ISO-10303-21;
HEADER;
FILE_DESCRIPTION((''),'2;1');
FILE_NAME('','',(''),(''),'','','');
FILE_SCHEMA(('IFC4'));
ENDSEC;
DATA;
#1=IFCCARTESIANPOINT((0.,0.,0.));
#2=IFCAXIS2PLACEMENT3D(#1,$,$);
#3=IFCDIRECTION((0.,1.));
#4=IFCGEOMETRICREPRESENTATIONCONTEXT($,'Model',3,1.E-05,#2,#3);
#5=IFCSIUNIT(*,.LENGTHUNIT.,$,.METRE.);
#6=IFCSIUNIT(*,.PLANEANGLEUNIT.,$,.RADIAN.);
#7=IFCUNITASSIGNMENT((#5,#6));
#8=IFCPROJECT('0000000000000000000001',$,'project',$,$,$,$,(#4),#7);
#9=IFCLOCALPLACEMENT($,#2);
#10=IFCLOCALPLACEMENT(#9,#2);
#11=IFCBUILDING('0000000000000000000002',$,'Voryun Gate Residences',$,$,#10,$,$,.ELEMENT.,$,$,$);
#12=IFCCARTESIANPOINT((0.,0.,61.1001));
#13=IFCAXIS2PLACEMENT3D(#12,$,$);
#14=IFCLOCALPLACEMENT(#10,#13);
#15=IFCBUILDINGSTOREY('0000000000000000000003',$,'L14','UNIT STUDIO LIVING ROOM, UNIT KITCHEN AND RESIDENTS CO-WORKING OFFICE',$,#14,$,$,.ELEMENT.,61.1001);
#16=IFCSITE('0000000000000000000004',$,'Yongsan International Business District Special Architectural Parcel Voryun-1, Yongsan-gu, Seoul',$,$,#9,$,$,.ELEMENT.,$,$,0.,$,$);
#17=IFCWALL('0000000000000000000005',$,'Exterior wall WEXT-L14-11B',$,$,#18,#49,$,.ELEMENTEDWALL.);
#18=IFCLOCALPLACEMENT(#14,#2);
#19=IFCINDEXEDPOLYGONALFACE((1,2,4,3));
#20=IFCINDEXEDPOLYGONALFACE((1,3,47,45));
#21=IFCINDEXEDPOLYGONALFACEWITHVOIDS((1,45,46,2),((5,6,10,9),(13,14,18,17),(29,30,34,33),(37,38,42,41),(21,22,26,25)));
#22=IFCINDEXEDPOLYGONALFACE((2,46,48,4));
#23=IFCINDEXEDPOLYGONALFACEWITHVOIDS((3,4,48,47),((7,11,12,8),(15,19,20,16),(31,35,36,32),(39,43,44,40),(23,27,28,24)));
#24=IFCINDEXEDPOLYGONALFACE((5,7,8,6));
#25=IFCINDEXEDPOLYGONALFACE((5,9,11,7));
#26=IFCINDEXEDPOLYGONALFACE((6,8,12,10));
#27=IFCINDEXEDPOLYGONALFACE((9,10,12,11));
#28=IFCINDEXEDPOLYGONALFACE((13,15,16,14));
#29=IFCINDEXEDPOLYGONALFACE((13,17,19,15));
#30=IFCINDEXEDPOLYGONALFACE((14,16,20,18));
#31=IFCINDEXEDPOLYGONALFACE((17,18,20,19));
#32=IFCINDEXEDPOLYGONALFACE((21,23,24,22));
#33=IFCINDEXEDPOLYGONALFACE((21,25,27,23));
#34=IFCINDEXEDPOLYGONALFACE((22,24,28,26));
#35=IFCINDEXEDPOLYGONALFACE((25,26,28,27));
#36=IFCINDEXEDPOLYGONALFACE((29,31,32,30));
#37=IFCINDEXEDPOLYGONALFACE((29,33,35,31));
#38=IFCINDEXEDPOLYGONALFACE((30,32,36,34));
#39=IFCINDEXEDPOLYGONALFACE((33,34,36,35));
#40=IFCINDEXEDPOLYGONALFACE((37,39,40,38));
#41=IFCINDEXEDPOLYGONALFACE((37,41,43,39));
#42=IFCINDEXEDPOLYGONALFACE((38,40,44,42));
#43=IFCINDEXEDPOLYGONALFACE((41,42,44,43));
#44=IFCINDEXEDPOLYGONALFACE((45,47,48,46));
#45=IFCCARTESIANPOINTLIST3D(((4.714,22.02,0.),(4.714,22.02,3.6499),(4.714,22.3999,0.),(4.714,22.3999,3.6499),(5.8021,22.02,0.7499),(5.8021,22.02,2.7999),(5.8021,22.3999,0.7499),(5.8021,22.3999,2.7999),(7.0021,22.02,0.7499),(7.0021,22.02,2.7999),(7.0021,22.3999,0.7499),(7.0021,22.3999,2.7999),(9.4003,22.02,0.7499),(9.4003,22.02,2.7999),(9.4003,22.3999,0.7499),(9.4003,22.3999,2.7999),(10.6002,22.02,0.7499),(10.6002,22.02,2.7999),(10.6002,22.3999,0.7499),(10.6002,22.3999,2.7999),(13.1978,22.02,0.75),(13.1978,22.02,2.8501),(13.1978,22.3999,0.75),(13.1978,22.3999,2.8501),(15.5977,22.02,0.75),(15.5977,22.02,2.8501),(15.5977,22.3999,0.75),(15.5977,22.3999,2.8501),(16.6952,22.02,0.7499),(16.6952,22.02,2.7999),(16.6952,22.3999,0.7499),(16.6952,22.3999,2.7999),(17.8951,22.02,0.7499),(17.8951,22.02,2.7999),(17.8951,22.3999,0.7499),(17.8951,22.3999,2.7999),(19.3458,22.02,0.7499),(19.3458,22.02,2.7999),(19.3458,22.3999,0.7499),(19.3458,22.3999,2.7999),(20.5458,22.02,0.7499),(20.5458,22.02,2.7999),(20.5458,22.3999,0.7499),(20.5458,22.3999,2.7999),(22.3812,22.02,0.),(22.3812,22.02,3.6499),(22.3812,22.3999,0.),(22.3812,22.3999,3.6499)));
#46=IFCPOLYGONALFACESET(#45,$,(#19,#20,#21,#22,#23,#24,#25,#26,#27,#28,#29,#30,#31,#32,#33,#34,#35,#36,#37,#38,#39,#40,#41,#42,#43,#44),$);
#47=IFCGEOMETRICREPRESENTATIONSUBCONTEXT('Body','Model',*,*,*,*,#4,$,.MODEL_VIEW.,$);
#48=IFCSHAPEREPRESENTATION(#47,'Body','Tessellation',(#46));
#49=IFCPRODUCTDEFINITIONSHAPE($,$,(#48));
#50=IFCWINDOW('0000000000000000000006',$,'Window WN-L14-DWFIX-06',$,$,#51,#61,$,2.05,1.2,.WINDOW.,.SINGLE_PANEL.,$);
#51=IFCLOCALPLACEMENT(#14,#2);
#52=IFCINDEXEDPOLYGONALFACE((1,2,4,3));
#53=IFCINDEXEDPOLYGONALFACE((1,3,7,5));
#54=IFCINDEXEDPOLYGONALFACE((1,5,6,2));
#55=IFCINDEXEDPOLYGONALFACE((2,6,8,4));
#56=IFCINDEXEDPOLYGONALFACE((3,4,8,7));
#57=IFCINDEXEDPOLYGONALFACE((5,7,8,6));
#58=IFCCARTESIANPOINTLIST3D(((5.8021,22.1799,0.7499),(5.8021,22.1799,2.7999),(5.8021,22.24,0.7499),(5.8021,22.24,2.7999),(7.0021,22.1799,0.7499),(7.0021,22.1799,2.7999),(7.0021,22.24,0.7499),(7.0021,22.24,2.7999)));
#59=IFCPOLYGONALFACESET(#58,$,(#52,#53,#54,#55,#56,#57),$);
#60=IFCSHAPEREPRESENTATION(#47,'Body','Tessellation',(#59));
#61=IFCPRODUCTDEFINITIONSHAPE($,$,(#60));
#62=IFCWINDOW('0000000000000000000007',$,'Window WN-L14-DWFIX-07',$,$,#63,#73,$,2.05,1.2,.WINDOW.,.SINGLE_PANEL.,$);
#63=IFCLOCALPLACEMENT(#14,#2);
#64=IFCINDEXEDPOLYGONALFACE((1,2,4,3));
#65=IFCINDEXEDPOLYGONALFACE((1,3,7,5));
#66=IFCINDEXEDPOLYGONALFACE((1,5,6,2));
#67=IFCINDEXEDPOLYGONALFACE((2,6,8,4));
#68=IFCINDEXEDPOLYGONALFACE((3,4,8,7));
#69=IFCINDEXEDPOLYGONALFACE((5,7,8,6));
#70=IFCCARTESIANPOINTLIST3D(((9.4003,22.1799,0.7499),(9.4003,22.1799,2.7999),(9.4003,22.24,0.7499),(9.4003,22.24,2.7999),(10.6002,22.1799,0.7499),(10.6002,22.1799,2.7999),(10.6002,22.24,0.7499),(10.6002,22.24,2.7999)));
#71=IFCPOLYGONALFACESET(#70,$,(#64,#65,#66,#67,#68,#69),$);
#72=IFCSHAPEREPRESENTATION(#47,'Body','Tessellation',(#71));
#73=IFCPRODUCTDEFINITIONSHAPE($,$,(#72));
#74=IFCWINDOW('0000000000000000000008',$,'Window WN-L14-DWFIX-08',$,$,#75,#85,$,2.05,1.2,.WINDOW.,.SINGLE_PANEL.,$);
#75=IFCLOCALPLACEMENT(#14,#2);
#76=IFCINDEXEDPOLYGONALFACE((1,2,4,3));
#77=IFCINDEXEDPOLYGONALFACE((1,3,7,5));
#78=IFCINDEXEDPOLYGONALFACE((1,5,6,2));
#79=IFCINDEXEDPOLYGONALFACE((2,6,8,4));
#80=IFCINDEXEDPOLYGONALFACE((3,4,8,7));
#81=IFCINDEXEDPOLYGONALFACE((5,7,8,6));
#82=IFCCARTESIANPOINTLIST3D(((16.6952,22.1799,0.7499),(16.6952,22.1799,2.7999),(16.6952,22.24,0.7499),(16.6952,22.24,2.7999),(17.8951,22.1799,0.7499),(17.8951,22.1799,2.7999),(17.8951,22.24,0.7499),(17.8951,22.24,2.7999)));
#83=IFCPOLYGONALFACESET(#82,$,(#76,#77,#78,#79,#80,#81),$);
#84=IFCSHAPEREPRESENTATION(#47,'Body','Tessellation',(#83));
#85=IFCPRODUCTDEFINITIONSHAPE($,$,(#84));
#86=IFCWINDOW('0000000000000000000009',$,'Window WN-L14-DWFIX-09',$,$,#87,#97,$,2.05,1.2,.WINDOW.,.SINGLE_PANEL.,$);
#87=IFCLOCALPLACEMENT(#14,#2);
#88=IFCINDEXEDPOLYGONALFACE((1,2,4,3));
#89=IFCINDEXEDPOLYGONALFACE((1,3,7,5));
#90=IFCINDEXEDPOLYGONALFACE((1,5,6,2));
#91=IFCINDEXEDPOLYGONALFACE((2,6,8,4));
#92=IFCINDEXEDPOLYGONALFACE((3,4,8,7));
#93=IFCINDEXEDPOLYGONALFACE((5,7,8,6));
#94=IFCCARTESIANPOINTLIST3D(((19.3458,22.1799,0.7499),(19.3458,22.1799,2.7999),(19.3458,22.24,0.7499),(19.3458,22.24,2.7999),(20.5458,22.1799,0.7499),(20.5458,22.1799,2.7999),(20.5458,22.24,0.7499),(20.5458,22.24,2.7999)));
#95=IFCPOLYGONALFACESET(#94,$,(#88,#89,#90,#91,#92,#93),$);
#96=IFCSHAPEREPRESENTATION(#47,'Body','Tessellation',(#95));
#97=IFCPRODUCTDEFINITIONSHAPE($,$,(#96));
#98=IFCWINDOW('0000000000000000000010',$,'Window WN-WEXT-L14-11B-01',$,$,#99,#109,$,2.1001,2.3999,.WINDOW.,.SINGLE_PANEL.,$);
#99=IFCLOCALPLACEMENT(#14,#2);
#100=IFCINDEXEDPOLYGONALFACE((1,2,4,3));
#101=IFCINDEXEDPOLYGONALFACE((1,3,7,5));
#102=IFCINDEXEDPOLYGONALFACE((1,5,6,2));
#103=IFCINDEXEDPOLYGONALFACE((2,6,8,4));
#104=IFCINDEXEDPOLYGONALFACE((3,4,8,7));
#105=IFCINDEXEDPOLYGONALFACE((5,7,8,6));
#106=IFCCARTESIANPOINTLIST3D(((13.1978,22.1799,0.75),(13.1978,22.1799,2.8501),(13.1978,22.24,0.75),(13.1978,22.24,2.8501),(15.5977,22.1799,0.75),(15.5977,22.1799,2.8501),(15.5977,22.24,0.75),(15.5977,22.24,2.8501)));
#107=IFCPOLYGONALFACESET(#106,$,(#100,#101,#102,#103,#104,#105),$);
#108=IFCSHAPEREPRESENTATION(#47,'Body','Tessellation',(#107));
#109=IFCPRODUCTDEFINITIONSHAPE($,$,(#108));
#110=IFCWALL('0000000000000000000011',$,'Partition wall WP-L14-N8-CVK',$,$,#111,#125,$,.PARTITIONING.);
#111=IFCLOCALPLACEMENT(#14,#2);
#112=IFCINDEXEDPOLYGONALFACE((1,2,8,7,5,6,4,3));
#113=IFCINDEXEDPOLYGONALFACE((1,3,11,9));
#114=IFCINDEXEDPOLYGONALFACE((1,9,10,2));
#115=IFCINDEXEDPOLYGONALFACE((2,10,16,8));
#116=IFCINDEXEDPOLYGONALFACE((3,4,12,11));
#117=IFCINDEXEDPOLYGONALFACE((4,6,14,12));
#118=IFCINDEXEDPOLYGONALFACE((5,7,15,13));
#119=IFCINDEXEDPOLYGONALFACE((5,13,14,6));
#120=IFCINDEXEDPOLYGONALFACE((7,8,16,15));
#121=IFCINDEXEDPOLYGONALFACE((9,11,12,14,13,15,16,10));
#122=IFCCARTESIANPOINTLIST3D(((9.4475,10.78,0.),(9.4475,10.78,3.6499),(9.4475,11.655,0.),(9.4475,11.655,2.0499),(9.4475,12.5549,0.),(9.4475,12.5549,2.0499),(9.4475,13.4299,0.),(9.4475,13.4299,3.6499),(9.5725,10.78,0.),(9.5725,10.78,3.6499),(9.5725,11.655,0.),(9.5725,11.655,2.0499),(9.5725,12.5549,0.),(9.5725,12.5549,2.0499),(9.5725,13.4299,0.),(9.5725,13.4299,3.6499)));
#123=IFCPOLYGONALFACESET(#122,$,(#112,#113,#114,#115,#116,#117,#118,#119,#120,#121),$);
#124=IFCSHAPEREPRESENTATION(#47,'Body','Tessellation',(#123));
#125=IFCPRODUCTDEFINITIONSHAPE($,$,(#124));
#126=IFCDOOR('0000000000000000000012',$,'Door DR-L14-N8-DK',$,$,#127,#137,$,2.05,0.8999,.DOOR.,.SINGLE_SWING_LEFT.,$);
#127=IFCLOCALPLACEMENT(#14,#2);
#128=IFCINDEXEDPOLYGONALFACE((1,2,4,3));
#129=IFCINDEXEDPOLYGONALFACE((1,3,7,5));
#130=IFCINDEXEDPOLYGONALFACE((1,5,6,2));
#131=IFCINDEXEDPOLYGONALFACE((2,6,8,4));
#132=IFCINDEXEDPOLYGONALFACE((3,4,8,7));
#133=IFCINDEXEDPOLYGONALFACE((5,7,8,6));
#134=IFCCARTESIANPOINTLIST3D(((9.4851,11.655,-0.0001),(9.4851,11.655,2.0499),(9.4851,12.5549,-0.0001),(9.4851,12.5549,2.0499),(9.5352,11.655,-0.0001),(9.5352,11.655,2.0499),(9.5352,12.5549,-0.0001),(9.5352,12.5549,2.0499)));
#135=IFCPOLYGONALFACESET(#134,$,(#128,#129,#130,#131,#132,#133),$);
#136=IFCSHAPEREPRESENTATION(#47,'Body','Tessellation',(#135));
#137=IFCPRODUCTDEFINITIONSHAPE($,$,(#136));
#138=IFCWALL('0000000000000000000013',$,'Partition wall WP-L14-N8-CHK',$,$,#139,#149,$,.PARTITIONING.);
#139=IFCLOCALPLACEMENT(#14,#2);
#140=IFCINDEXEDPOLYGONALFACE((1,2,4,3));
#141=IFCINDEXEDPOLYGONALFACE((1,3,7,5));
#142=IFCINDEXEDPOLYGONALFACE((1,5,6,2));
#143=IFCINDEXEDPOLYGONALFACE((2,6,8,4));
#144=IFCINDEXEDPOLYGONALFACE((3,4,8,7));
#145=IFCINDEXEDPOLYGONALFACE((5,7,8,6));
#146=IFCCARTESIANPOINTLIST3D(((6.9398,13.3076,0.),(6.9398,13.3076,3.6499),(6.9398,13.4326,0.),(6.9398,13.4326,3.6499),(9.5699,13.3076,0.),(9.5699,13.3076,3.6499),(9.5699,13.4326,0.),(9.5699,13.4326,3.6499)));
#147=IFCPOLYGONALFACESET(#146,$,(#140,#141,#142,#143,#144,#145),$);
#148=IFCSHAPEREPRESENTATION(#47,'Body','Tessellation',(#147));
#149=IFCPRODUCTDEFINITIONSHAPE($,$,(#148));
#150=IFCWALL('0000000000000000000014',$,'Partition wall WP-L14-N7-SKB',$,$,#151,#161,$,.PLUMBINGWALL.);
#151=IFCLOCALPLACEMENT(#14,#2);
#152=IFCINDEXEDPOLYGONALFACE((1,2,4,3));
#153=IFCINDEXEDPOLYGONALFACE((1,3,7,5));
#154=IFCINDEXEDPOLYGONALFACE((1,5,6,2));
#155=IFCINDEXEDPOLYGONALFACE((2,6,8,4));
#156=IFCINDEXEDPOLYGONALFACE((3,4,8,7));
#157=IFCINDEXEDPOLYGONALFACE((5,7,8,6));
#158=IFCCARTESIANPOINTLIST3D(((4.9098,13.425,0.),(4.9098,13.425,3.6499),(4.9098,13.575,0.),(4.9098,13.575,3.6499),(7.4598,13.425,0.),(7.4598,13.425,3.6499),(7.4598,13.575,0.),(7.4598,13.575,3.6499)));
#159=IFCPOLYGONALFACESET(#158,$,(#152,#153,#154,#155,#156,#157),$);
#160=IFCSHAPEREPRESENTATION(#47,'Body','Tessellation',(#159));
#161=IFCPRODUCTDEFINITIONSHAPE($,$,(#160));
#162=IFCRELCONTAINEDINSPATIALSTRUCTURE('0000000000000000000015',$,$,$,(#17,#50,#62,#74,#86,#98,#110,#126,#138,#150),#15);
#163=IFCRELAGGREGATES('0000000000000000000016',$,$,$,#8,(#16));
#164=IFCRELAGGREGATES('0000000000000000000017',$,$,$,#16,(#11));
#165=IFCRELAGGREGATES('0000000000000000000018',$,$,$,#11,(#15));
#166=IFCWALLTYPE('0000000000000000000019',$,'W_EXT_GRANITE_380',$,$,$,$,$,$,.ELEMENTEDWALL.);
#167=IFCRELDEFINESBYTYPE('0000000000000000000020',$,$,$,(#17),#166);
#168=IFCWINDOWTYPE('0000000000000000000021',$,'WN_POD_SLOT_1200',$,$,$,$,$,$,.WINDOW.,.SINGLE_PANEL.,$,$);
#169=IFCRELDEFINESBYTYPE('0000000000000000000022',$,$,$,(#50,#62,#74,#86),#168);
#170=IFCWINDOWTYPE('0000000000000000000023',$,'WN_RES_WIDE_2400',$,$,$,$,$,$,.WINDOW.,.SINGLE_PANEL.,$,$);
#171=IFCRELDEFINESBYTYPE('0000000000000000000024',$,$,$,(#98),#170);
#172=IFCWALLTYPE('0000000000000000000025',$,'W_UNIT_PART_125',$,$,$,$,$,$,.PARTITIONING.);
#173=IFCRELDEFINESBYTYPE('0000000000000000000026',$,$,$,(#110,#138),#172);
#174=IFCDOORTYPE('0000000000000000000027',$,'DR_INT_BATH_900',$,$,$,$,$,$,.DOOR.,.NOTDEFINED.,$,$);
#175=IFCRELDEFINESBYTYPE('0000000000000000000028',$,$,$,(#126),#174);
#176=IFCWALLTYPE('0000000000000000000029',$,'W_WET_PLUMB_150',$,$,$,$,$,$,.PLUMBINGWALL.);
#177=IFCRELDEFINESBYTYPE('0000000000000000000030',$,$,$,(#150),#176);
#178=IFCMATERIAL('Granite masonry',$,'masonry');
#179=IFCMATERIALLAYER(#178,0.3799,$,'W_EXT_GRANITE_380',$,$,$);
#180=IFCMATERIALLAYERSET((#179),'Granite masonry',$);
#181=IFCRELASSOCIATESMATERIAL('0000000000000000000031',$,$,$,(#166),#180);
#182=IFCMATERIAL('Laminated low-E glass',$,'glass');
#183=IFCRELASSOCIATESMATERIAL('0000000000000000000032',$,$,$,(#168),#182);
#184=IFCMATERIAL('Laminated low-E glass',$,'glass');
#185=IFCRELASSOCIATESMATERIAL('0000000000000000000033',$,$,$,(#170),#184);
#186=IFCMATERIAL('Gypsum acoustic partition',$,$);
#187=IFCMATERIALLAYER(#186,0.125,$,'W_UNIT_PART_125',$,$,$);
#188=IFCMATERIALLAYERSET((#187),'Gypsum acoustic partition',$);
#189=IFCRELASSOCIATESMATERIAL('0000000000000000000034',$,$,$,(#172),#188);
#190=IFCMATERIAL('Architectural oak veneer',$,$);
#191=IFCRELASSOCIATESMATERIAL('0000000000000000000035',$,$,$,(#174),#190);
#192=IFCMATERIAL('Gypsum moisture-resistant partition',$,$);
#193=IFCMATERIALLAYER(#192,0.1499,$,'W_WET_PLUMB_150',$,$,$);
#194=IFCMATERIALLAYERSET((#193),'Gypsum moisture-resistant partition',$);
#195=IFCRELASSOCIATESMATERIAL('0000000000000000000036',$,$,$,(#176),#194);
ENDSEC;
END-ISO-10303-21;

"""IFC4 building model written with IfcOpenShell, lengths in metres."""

from ifc_helpers import new_model, si_unit, direction, frame, frame_2d, origin, place, context, subcontext, project, spatial, rectangle, extrude, material, layer, layer_set, type_object, element, fill, save


model = new_model("IFC4")

# Units and contexts
model_context = context("Model", 3, precision=1e-05, world=origin(), true_north=direction((0.0, 1.0)))
body_context = subcontext(model_context, "Body", "Model", "MODEL_VIEW")
ifc_project = project(units=[si_unit("LENGTHUNIT", "METRE"), si_unit("PLANEANGLEUNIT", "RADIAN")], contexts=[model_context])

# Site, building, storey
site_placement = place(None, origin())
site = spatial("IfcSite", under=ifc_project, at=site_placement, Name="Yongsan International Business District Special Architectural Parcel Voryun-1, Yongsan-gu, Seoul", CompositionType="ELEMENT", RefElevation=0.0)
building_placement = place(site_placement, origin())
building = spatial("IfcBuilding", under=site, at=building_placement, Name="Voryun Gate Residences", CompositionType="ELEMENT")
storey_placement = place(building_placement, frame((0.0, 0.0, 61.1001)))
storey = spatial("IfcBuildingStorey", under=building, at=storey_placement, Name="L14", Description="UNIT STUDIO LIVING ROOM, UNIT KITCHEN AND RESIDENTS CO-WORKING OFFICE", CompositionType="ELEMENT", Elevation=61.1001)

# Wall, openings, windows
ifc_material_1 = material(Name="Granite masonry", Category="masonry")
ifc_layer_1 = layer(ifc_material_1, 0.3799, Name="W_EXT_GRANITE_380")
ifc_layer_set_1 = layer_set([ifc_layer_1], Name="Granite masonry")
wall_type_1 = type_object("IfcWallType", Name="W_EXT_GRANITE_380", PredefinedType="ELEMENTEDWALL", material=ifc_layer_set_1)
wall_1_placement = place(storey_placement, frame((4.7141, 22.21, 0.0), z_axis=(0.0, 0.0, 1.0), x_axis=(1.0, 0.0, 0.0)))
wall_1 = element("IfcWall", 1, at=wall_1_placement, inside=storey, type_object=wall_type_1, Name="Exterior wall WEXT-L14-11B", PredefinedType="ELEMENTEDWALL", context=body_context, shape_type="SweptSolid", body=[
    extrude(rectangle(XDim=17.6672, YDim=0.3799, at=frame_2d((8.8335, 0.0))), origin(), (0.0, 0.0, 1.0), 3.6499),
])
opening_1_placement = place(wall_1_placement, frame((8.4836, 0.0, 0.75)))
opening_1 = element("IfcOpeningElement", 2, at=opening_1_placement, cuts=wall_1, PredefinedType="OPENING", context=body_context, shape_type="SweptSolid", body=[
    extrude(rectangle(XDim=2.3999, YDim=2.1001, at=frame_2d((1.2, 1.05))), frame((0.0, 0.2, 0.0), z_axis=(0.0, -1.0, 0.0), x_axis=(1.0, 0.0, 0.0)), (0.0, 0.0, 1.0), 0.3999),
])
opening_2_placement = place(wall_1_placement, frame((1.0879, 0.0, 0.75)))
opening_2 = element("IfcOpeningElement", 3, at=opening_2_placement, cuts=wall_1, PredefinedType="OPENING", context=body_context, shape_type="SweptSolid", body=[
    extrude(rectangle(XDim=1.2, YDim=2.05, at=frame_2d((0.6001, 1.0249))), frame((0.0, 0.2, 0.0), z_axis=(0.0, -1.0, 0.0), x_axis=(1.0, 0.0, 0.0)), (0.0, 0.0, 1.0), 0.3999),
])
opening_3_placement = place(wall_1_placement, frame((4.686, 0.0, 0.75)))
opening_3 = element("IfcOpeningElement", 4, at=opening_3_placement, cuts=wall_1, PredefinedType="OPENING", context=body_context, shape_type="SweptSolid", body=[
    extrude(rectangle(XDim=1.2, YDim=2.05, at=frame_2d((0.6001, 1.0249))), frame((0.0, 0.2, 0.0), z_axis=(0.0, -1.0, 0.0), x_axis=(1.0, 0.0, 0.0)), (0.0, 0.0, 1.0), 0.3999),
])
opening_4_placement = place(wall_1_placement, frame((11.981, 0.0, 0.75)))
opening_4 = element("IfcOpeningElement", 5, at=opening_4_placement, cuts=wall_1, PredefinedType="OPENING", context=body_context, shape_type="SweptSolid", body=[
    extrude(rectangle(XDim=1.2, YDim=2.05, at=frame_2d((0.6001, 1.0249))), frame((0.0, 0.2, 0.0), z_axis=(0.0, -1.0, 0.0), x_axis=(1.0, 0.0, 0.0)), (0.0, 0.0, 1.0), 0.3999),
])
opening_5_placement = place(wall_1_placement, frame((14.6316, 0.0, 0.75)))
opening_5 = element("IfcOpeningElement", 6, at=opening_5_placement, cuts=wall_1, PredefinedType="OPENING", context=body_context, shape_type="SweptSolid", body=[
    extrude(rectangle(XDim=1.2, YDim=2.05, at=frame_2d((0.6001, 1.0249))), frame((0.0, 0.2, 0.0), z_axis=(0.0, -1.0, 0.0), x_axis=(1.0, 0.0, 0.0)), (0.0, 0.0, 1.0), 0.3999),
])
ifc_material_2 = material(Name="Laminated low-E glass", Category="glass")
window_type_1 = type_object("IfcWindowType", Name="WN_POD_SLOT_1200", PartitioningType="SINGLE_PANEL", PredefinedType="WINDOW", material=ifc_material_2)
window_1_placement = place(opening_2_placement, origin())
window_1 = element("IfcWindow", 7, at=window_1_placement, inside=storey, type_object=window_type_1, Name="Window WN-L14-DWFIX-06", OverallHeight=2.05, OverallWidth=1.2, PartitioningType="SINGLE_PANEL", PredefinedType="WINDOW", context=body_context, shape_type="SweptSolid", body=[
    extrude(rectangle(XDim=1.2, YDim=2.05, at=frame_2d((0.6001, 1.0249))), frame((0.0, 0.03, 0.0), z_axis=(0.0, -1.0, 0.0), x_axis=(1.0, 0.0, 0.0)), (0.0, 0.0, 1.0), 0.0601),
])
fill(opening_2, window_1)
window_2_placement = place(opening_3_placement, origin())
window_2 = element("IfcWindow", 8, at=window_2_placement, inside=storey, type_object=window_type_1, Name="Window WN-L14-DWFIX-07", OverallHeight=2.05, OverallWidth=1.2, PartitioningType="SINGLE_PANEL", PredefinedType="WINDOW", context=body_context, shape_type="SweptSolid", body=[
    extrude(rectangle(XDim=1.2, YDim=2.05, at=frame_2d((0.6001, 1.0249))), frame((0.0, 0.03, 0.0), z_axis=(0.0, -1.0, 0.0), x_axis=(1.0, 0.0, 0.0)), (0.0, 0.0, 1.0), 0.0601),
])
fill(opening_3, window_2)
window_3_placement = place(opening_4_placement, origin())
window_3 = element("IfcWindow", 9, at=window_3_placement, inside=storey, type_object=window_type_1, Name="Window WN-L14-DWFIX-08", OverallHeight=2.05, OverallWidth=1.2, PartitioningType="SINGLE_PANEL", PredefinedType="WINDOW", context=body_context, shape_type="SweptSolid", body=[
    extrude(rectangle(XDim=1.2, YDim=2.05, at=frame_2d((0.6001, 1.0249))), frame((0.0, 0.03, 0.0), z_axis=(0.0, -1.0, 0.0), x_axis=(1.0, 0.0, 0.0)), (0.0, 0.0, 1.0), 0.0601),
])
fill(opening_4, window_3)
window_4_placement = place(opening_5_placement, origin())
window_4 = element("IfcWindow", 10, at=window_4_placement, inside=storey, type_object=window_type_1, Name="Window WN-L14-DWFIX-09", OverallHeight=2.05, OverallWidth=1.2, PartitioningType="SINGLE_PANEL", PredefinedType="WINDOW", context=body_context, shape_type="SweptSolid", body=[
    extrude(rectangle(XDim=1.2, YDim=2.05, at=frame_2d((0.6001, 1.0249))), frame((0.0, 0.03, 0.0), z_axis=(0.0, -1.0, 0.0), x_axis=(1.0, 0.0, 0.0)), (0.0, 0.0, 1.0), 0.0601),
])
fill(opening_5, window_4)
ifc_material_3 = material(Name="Laminated low-E glass", Category="glass")
window_type_2 = type_object("IfcWindowType", Name="WN_RES_WIDE_2400", PartitioningType="SINGLE_PANEL", PredefinedType="WINDOW", material=ifc_material_3)
window_5_placement = place(opening_1_placement, origin())
window_5 = element("IfcWindow", 11, at=window_5_placement, inside=storey, type_object=window_type_2, Name="Window WN-WEXT-L14-11B-01", OverallHeight=2.1001, OverallWidth=2.3999, PartitioningType="SINGLE_PANEL", PredefinedType="WINDOW", context=body_context, shape_type="SweptSolid", body=[
    extrude(rectangle(XDim=2.3999, YDim=2.1001, at=frame_2d((1.2, 1.05))), frame((0.0, 0.03, 0.0), z_axis=(0.0, -1.0, 0.0), x_axis=(1.0, 0.0, 0.0)), (0.0, 0.0, 1.0), 0.0601),
])
fill(opening_1, window_5)

# Wall, opening, door
ifc_material_4 = material(Name="Gypsum acoustic partition")
ifc_layer_2 = layer(ifc_material_4, 0.125, Name="W_UNIT_PART_125")
ifc_layer_set_2 = layer_set([ifc_layer_2], Name="Gypsum acoustic partition")
wall_type_2 = type_object("IfcWallType", Name="W_UNIT_PART_125", PredefinedType="PARTITIONING", material=ifc_layer_set_2)
wall_2_placement = place(storey_placement, frame((9.51, 10.78, 0.0), z_axis=(0.0, 0.0, 1.0), x_axis=(0.0, 1.0, 0.0)))
wall_2 = element("IfcWall", 12, at=wall_2_placement, inside=storey, type_object=wall_type_2, Name="Partition wall WP-L14-N8-CVK", PredefinedType="PARTITIONING", context=body_context, shape_type="SweptSolid", body=[
    extrude(rectangle(XDim=2.6499, YDim=0.125, at=frame_2d((1.325, 0.0))), origin(), (0.0, 0.0, 1.0), 3.6499),
])
opening_6_placement = place(wall_2_placement, frame((0.875, 0.0, 0.0)))
opening_6 = element("IfcOpeningElement", 13, at=opening_6_placement, cuts=wall_2, PredefinedType="OPENING", context=body_context, shape_type="SweptSolid", body=[
    extrude(rectangle(XDim=0.8999, YDim=2.05, at=frame_2d((0.45, 1.0249))), frame((0.0, 0.0725, 0.0), z_axis=(0.0, -1.0, 0.0), x_axis=(1.0, 0.0, 0.0)), (0.0, 0.0, 1.0), 0.145),
])
ifc_material_5 = material(Name="Architectural oak veneer")
door_type = type_object("IfcDoorType", Name="DR_INT_BATH_900", OperationType="NOTDEFINED", PredefinedType="DOOR", material=ifc_material_5)
door_1_placement = place(opening_6_placement, origin())
door_1 = element("IfcDoor", 14, at=door_1_placement, inside=storey, type_object=door_type, Name="Door DR-L14-N8-DK", OperationType="SINGLE_SWING_LEFT", OverallHeight=2.05, OverallWidth=0.8999, PredefinedType="DOOR", context=body_context, shape_type="SweptSolid", body=[
    extrude(rectangle(XDim=0.8999, YDim=2.05, at=frame_2d((0.45, 1.0249))), frame((0.0, 0.0249, 0.0), z_axis=(0.0, -1.0, 0.0), x_axis=(1.0, 0.0, 0.0)), (0.0, 0.0, 1.0), 0.05),
])
fill(opening_6, door_1)

# Walls
wall_3_placement = place(storey_placement, frame((6.9399, 13.3701, 0.0), z_axis=(0.0, 0.0, 1.0), x_axis=(1.0, 0.0, 0.0)))
element("IfcWall", 15, at=wall_3_placement, inside=storey, type_object=wall_type_2, Name="Partition wall WP-L14-N8-CHK", PredefinedType="PARTITIONING", context=body_context, shape_type="SweptSolid", body=[
    extrude(rectangle(XDim=2.6301, YDim=0.125, at=frame_2d((1.3149, 0.0))), origin(), (0.0, 0.0, 1.0), 3.6499),
])
ifc_material_6 = material(Name="Gypsum moisture-resistant partition")
ifc_layer_3 = layer(ifc_material_6, 0.1499, Name="W_WET_PLUMB_150")
ifc_layer_set_3 = layer_set([ifc_layer_3], Name="Gypsum moisture-resistant partition")
wall_type_3 = type_object("IfcWallType", Name="W_WET_PLUMB_150", PredefinedType="PLUMBINGWALL", material=ifc_layer_set_3)
wall_4_placement = place(storey_placement, frame((4.9099, 13.5, 0.0), z_axis=(0.0, 0.0, 1.0), x_axis=(1.0, 0.0, 0.0)))
element("IfcWall", 16, at=wall_4_placement, inside=storey, type_object=wall_type_3, Name="Partition wall WP-L14-N7-SKB", PredefinedType="PLUMBINGWALL", context=body_context, shape_type="SweptSolid", body=[
    extrude(rectangle(XDim=2.55, YDim=0.1499, at=frame_2d((1.2749, 0.0))), origin(), (0.0, 0.0, 1.0), 3.6499),
])

save(model, "model.ifc")
